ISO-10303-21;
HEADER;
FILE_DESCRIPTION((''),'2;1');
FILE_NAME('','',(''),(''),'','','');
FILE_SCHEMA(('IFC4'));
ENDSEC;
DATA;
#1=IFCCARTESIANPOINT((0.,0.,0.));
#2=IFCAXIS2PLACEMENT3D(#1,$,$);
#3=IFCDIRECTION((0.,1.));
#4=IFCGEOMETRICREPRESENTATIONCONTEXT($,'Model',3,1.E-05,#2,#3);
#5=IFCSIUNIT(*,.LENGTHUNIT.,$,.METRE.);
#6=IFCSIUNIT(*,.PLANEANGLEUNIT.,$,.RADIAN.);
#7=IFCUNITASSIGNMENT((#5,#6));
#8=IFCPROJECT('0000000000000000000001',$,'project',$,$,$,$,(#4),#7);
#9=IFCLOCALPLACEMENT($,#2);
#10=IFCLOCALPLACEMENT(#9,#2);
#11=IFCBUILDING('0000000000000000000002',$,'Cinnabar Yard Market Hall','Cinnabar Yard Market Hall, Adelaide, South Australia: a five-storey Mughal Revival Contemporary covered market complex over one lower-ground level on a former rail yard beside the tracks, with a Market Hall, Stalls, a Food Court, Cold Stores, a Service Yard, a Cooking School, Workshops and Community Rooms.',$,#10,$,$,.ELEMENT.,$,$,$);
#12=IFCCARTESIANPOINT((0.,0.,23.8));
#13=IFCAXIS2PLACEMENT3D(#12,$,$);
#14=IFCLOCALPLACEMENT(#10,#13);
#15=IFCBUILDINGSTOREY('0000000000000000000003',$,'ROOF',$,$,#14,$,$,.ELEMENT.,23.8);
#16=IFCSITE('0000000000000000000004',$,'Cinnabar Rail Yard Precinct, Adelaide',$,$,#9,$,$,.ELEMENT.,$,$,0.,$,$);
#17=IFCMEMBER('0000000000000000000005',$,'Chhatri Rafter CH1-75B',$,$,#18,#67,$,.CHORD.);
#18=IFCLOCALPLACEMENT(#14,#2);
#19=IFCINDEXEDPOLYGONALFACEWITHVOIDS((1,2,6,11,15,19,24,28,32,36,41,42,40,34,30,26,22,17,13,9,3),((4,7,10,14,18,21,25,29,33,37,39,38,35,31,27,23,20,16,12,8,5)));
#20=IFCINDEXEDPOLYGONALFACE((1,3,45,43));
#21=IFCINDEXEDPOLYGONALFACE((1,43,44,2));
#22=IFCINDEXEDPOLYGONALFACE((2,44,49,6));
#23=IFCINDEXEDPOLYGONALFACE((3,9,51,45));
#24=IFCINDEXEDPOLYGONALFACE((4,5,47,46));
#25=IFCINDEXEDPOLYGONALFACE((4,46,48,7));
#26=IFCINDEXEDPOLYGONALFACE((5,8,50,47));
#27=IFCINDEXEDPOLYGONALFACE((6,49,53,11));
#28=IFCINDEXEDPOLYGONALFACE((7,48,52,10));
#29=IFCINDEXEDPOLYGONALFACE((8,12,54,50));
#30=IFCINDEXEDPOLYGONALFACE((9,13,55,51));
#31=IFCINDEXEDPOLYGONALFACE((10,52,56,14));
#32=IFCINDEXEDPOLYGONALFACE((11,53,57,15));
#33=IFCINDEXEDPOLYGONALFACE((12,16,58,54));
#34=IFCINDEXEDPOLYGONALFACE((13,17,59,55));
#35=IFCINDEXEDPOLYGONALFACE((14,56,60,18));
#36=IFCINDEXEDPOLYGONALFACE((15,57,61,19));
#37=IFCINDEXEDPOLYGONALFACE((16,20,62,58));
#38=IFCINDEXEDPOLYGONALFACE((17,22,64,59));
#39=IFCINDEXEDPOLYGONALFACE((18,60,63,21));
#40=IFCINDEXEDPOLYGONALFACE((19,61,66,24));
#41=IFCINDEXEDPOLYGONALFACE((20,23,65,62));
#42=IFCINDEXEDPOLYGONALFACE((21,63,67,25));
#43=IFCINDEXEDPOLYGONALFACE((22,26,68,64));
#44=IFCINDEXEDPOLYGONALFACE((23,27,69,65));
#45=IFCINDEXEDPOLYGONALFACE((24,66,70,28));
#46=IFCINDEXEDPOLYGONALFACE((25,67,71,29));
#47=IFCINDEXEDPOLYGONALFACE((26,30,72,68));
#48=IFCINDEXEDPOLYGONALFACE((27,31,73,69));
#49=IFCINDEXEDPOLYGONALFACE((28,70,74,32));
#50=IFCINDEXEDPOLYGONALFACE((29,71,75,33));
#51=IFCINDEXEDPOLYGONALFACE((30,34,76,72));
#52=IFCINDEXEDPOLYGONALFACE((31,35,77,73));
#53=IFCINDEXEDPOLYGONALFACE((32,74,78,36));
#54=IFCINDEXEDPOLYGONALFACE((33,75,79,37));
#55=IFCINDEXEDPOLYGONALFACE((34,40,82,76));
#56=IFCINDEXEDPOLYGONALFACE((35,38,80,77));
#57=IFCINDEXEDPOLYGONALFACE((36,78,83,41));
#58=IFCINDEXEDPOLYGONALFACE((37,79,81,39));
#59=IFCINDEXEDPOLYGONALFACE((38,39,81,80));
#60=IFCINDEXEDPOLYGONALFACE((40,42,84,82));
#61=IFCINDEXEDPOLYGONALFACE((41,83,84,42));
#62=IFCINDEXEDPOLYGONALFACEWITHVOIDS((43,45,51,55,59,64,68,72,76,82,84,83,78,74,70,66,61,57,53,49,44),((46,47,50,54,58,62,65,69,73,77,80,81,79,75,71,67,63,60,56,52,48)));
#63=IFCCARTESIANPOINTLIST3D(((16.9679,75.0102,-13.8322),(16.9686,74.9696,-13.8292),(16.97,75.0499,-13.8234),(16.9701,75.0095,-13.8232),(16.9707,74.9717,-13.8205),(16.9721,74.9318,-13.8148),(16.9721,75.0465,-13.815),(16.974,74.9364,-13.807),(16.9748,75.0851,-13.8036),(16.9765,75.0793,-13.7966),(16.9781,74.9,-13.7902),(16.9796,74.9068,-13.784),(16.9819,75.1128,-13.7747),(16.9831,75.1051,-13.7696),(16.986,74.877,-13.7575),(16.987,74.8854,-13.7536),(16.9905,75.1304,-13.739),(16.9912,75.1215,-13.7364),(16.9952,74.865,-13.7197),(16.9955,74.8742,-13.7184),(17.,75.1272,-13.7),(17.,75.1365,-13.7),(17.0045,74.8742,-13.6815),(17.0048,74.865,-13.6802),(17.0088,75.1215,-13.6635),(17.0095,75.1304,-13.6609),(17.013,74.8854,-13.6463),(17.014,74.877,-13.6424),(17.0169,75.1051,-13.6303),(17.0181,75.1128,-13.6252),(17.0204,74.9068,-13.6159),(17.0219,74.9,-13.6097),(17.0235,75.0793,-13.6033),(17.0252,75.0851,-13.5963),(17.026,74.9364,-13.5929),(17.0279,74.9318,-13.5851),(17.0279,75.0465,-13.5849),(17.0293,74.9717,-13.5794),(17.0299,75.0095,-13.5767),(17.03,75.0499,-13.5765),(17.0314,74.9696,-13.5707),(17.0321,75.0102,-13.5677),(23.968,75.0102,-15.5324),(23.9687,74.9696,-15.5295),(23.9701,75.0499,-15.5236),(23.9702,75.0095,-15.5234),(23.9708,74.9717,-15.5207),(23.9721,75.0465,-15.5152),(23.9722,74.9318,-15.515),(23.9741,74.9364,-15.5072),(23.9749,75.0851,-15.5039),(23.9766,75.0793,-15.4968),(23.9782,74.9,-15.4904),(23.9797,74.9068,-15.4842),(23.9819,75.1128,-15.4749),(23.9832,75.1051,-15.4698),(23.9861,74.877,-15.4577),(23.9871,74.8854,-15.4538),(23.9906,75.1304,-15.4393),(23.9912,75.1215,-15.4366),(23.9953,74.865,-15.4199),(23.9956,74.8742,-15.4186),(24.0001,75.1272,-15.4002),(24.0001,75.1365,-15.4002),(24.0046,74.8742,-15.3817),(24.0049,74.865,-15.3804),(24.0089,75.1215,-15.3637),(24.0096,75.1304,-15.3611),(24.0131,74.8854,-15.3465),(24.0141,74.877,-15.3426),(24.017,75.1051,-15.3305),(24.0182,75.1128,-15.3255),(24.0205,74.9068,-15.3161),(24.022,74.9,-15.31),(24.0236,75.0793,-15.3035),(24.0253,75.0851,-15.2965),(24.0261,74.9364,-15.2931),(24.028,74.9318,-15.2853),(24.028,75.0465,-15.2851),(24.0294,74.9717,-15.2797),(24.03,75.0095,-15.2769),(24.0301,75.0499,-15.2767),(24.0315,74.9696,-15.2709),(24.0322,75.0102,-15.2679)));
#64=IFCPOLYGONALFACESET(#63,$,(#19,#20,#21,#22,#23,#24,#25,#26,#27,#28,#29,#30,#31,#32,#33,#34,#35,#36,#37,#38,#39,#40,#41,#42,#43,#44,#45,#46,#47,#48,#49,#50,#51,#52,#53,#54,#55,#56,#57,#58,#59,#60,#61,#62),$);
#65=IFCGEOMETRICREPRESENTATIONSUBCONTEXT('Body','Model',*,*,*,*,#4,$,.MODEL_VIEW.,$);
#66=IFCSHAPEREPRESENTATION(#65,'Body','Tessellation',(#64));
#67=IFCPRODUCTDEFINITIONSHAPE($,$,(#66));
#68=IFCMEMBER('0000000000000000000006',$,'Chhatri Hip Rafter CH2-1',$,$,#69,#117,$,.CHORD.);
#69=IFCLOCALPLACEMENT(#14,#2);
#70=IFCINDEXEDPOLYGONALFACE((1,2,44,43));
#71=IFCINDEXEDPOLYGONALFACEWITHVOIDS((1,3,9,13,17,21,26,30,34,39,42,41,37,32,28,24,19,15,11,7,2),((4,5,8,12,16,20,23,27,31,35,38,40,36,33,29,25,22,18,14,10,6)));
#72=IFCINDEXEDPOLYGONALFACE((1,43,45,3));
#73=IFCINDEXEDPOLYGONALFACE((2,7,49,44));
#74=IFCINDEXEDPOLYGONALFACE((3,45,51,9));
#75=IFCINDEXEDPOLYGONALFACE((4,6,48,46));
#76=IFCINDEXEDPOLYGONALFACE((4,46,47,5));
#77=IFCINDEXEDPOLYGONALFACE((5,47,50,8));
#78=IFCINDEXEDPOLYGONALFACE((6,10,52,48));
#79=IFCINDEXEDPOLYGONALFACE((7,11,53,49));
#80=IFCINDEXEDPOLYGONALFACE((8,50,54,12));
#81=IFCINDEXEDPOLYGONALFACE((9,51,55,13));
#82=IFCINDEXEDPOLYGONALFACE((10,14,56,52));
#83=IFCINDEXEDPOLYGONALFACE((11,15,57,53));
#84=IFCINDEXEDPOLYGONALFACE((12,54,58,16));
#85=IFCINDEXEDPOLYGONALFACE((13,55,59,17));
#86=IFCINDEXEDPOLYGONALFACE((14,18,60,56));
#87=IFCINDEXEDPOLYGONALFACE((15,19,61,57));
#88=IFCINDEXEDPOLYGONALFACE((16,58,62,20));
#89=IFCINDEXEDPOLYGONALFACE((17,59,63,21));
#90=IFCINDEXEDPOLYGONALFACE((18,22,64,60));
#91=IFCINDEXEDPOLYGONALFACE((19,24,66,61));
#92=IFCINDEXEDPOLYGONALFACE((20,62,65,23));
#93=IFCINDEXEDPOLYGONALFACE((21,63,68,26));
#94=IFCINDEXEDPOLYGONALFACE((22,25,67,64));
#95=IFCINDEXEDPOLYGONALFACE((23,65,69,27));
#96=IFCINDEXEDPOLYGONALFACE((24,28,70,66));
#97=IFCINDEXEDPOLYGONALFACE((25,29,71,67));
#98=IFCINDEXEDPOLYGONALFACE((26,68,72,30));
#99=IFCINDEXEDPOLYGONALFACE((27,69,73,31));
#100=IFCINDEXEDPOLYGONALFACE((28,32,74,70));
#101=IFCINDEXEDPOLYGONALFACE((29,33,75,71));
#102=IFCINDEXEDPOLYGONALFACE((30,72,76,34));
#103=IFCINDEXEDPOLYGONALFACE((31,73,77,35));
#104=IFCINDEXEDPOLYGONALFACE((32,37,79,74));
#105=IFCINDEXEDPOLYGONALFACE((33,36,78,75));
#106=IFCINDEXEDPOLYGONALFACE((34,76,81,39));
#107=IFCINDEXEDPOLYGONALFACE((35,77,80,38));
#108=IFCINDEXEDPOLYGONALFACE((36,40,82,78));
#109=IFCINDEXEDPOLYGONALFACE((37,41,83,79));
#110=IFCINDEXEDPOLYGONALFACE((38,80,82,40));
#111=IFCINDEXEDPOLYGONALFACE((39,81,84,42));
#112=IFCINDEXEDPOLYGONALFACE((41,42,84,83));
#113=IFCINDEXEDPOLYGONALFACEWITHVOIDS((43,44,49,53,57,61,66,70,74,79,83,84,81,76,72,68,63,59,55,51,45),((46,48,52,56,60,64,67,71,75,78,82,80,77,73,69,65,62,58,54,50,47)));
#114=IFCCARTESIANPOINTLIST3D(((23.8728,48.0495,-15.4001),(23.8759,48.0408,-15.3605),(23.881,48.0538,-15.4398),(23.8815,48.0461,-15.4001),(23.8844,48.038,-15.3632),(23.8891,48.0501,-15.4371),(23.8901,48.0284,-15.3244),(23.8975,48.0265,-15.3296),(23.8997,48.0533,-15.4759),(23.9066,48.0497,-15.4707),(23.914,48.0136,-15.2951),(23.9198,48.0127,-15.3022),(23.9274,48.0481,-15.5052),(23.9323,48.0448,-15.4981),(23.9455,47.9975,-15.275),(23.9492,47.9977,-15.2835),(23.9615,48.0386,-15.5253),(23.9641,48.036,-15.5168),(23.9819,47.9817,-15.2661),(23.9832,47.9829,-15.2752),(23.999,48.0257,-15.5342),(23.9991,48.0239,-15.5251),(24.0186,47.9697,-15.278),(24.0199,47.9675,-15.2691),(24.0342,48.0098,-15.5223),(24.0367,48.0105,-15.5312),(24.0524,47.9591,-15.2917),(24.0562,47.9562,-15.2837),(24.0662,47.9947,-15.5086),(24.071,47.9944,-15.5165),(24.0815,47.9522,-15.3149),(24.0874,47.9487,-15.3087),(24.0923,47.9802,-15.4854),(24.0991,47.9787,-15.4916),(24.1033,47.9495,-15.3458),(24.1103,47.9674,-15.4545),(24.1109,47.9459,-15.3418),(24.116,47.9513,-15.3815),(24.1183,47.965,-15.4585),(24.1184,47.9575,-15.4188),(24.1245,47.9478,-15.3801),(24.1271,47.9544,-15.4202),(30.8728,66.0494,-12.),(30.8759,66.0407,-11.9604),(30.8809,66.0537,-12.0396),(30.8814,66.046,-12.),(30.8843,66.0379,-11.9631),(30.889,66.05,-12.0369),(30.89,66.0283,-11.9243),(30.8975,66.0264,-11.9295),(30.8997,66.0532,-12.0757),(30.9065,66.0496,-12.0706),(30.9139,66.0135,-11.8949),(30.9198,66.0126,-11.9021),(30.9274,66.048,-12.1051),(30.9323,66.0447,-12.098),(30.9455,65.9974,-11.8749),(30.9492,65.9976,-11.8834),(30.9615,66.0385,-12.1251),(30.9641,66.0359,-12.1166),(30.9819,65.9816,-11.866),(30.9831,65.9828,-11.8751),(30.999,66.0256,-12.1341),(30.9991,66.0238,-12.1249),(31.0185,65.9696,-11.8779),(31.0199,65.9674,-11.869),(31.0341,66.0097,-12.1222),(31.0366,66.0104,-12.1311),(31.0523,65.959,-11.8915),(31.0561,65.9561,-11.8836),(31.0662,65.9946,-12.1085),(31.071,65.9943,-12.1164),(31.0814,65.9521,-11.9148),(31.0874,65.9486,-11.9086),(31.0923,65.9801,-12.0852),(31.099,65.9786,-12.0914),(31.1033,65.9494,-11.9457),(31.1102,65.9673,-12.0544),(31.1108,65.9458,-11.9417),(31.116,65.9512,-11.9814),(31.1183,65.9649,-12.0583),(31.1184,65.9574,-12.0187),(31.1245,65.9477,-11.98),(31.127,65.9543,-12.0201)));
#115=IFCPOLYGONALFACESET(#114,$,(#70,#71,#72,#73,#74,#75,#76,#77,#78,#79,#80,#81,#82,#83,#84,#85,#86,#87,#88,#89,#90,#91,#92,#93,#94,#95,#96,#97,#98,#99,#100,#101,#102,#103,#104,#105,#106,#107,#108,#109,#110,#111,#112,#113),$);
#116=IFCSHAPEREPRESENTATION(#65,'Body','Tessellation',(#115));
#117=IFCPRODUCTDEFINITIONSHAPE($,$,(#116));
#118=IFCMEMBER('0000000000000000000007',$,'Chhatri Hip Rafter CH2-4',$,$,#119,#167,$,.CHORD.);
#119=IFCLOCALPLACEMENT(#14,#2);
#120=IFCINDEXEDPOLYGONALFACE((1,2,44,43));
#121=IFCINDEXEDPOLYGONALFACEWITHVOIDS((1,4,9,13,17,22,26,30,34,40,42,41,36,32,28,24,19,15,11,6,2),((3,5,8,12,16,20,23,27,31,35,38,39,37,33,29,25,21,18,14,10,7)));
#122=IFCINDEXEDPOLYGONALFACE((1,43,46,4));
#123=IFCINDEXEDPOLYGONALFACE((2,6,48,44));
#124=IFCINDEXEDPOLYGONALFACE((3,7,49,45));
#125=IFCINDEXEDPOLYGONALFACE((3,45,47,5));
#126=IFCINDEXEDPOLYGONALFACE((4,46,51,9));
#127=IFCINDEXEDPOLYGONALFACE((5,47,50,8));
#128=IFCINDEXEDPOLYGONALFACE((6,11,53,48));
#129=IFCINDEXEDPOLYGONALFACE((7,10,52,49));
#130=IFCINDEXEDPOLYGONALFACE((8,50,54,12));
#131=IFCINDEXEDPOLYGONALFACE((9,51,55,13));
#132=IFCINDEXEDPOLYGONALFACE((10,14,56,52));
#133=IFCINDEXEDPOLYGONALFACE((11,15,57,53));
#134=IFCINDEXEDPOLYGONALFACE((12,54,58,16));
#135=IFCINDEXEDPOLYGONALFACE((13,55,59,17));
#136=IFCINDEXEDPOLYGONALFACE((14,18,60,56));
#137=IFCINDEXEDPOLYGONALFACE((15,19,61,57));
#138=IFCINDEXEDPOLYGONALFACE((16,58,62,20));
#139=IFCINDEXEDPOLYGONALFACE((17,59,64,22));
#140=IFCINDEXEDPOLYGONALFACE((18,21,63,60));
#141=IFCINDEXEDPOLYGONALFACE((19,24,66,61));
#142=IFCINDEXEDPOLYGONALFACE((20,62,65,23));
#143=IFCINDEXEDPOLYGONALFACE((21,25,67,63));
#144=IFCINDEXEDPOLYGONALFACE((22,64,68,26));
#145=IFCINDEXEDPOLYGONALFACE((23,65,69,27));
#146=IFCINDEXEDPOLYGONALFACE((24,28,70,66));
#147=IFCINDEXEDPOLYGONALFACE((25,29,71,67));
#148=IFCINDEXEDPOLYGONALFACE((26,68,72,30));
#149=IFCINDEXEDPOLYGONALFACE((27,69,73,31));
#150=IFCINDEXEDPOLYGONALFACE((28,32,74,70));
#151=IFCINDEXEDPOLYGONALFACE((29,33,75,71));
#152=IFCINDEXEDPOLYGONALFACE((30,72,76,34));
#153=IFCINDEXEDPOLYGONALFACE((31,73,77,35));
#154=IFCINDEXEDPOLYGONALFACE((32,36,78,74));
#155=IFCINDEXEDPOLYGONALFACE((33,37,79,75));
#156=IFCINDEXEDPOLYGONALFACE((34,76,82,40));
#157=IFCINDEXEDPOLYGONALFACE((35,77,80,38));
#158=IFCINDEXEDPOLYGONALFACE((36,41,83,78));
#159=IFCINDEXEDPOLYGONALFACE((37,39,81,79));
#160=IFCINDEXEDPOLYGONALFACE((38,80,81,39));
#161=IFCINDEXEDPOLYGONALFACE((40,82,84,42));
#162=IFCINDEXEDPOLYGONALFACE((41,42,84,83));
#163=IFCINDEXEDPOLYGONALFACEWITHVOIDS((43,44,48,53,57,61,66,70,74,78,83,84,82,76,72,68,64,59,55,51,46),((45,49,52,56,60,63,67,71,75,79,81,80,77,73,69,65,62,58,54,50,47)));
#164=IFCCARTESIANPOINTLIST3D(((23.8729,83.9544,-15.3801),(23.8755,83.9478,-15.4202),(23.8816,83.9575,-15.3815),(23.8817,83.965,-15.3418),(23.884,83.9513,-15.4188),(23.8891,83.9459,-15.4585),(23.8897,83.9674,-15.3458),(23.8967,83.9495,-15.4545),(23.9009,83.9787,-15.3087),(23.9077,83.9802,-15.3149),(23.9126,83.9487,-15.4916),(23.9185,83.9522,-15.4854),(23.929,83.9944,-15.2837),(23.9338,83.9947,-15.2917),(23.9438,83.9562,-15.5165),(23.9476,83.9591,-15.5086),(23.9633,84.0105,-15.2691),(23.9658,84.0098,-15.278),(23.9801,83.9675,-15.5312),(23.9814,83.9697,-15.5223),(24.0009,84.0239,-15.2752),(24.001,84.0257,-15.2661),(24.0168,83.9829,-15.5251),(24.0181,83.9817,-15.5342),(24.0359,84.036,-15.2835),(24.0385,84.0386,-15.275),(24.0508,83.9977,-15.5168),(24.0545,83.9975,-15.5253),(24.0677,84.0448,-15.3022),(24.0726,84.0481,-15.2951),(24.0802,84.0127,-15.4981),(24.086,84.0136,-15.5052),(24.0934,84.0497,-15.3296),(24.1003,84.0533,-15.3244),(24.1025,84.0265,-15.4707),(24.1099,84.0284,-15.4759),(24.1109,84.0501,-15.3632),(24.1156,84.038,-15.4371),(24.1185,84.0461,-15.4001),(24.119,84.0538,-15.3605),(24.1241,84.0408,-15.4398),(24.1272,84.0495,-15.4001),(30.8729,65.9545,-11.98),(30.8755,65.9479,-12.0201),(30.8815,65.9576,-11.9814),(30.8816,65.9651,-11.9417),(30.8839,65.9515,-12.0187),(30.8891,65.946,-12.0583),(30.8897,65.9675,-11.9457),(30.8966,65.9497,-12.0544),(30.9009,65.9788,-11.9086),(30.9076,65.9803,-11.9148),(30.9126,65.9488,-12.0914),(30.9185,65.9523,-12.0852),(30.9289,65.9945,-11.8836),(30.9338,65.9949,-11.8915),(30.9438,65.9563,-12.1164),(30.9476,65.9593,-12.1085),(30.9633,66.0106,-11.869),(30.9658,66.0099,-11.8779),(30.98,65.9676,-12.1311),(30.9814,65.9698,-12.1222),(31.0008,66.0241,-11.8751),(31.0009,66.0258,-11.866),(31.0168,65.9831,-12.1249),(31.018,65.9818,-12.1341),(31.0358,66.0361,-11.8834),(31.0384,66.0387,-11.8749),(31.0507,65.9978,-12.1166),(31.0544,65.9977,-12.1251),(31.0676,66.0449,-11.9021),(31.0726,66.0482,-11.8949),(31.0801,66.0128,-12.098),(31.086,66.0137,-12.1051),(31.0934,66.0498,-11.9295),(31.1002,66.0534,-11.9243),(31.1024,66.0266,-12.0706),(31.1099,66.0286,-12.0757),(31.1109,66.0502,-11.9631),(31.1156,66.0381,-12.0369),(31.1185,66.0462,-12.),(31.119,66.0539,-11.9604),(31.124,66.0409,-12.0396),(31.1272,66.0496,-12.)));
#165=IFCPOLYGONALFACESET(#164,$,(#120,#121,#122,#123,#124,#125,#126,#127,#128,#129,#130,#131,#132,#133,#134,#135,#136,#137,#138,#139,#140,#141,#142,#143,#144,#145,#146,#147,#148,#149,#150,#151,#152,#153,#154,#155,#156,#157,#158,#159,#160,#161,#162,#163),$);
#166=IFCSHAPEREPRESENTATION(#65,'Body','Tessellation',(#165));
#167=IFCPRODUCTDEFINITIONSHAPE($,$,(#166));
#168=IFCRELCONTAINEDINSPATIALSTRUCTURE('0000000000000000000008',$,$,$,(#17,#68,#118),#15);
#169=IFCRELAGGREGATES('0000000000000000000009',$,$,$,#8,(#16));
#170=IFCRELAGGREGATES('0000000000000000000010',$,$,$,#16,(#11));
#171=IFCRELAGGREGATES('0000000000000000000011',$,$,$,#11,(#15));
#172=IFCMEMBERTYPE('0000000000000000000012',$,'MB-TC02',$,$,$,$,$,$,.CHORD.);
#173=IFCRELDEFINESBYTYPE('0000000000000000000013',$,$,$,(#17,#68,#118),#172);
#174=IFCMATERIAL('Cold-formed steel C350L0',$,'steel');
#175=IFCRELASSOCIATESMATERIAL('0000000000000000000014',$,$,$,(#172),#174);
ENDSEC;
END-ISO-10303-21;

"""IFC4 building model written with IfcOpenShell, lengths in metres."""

from ifc_helpers import new_model, si_unit, direction, frame, origin, origin_2d_with_axis, place, context, subcontext, project, spatial, hollow_circle, extrude, material, material_profile, profile_set, type_object, element, save


model = new_model("IFC4")

# Units and contexts
model_context = context("Model", 3, precision=1e-05, world=origin(), true_north=direction((0.0, 1.0)))
body_context = subcontext(model_context, "Body", "Model", "MODEL_VIEW")
ifc_project = project(units=[si_unit("LENGTHUNIT", "METRE"), si_unit("PLANEANGLEUNIT", "RADIAN")], contexts=[model_context])

# Site, building, storey
site_placement = place(None, origin())
site = spatial("IfcSite", under=ifc_project, at=site_placement, Name="Cinnabar Rail Yard Precinct, Adelaide", CompositionType="ELEMENT", RefElevation=0.0)
building_placement = place(site_placement, origin())
building = spatial("IfcBuilding", under=site, at=building_placement, Name="Cinnabar Yard Market Hall", Description="Cinnabar Yard Market Hall, Adelaide, South Australia: a five-storey Mughal Revival Contemporary covered market complex over one lower-ground level on a former rail yard beside the tracks, with a Market Hall, Stalls, a Food Court, Cold Stores, a Service Yard, a Cooking School, Workshops and Community Rooms.", CompositionType="ELEMENT")
storey_placement = place(building_placement, frame((0.0, 0.0, 23.8)))
storey = spatial("IfcBuildingStorey", under=building, at=storey_placement, Name="ROOF", CompositionType="ELEMENT", Elevation=23.8)

# Members
ifc_material_1 = material(Name="Cold-formed steel C350L0", Category="steel")
ifc_material_profile_1 = material_profile(ifc_material_1, hollow_circle(Radius=0.1365, WallThickness=0.0093, at=origin_2d_with_axis()), Name="273.1x9.3CHS")
ifc_profile_set_1 = profile_set([ifc_material_profile_1], Name="Cold-formed steel C350L0")
member_type_1 = type_object("IfcMemberType", Name="MB-TC02", PredefinedType="CHORD", material=ifc_profile_set_1)
for number, where, z_axis, x_axis, name in (
    (1, (17.0, 75.0, -13.7), (0.971747, 0.0, -0.236023), (0.0, 1.0, 0.0), "Chhatri Rafter CH1-75B"),
):
    element("IfcMember", number, at=place(storey_placement, frame(where, z_axis=z_axis, x_axis=x_axis)), inside=storey, type_object=member_type_1, Name=name, PredefinedType="CHORD", context=body_context, shape_type="SweptSolid", body=[
        extrude(hollow_circle(Radius=0.1365, WallThickness=0.0093, at=origin_2d_with_axis()), origin(), (0.0, 0.0, 1.0), 7.2036),
    ])
for number, where, z_axis, x_axis, name in (
    (2, (24.0, 48.0, -15.4001), (0.356957, 0.917888, 0.173386), (-0.932005, 0.362446, 0.0), "Chhatri Hip Rafter CH2-1"),
    (3, (24.0, 84.0, -15.4001), (0.356957, -0.917888, 0.173386), (0.932005, 0.362446, 0.0), "Chhatri Hip Rafter CH2-4"),
):
    element("IfcMember", number, at=place(storey_placement, frame(where, z_axis=z_axis, x_axis=x_axis)), inside=storey, type_object=member_type_1, Name=name, PredefinedType="CHORD", context=body_context, shape_type="SweptSolid", body=[
        extrude(hollow_circle(Radius=0.1365, WallThickness=0.0093, at=origin_2d_with_axis()), origin(), (0.0, 0.0, 1.0), 19.6101),
    ])

save(model, "model.ifc")
